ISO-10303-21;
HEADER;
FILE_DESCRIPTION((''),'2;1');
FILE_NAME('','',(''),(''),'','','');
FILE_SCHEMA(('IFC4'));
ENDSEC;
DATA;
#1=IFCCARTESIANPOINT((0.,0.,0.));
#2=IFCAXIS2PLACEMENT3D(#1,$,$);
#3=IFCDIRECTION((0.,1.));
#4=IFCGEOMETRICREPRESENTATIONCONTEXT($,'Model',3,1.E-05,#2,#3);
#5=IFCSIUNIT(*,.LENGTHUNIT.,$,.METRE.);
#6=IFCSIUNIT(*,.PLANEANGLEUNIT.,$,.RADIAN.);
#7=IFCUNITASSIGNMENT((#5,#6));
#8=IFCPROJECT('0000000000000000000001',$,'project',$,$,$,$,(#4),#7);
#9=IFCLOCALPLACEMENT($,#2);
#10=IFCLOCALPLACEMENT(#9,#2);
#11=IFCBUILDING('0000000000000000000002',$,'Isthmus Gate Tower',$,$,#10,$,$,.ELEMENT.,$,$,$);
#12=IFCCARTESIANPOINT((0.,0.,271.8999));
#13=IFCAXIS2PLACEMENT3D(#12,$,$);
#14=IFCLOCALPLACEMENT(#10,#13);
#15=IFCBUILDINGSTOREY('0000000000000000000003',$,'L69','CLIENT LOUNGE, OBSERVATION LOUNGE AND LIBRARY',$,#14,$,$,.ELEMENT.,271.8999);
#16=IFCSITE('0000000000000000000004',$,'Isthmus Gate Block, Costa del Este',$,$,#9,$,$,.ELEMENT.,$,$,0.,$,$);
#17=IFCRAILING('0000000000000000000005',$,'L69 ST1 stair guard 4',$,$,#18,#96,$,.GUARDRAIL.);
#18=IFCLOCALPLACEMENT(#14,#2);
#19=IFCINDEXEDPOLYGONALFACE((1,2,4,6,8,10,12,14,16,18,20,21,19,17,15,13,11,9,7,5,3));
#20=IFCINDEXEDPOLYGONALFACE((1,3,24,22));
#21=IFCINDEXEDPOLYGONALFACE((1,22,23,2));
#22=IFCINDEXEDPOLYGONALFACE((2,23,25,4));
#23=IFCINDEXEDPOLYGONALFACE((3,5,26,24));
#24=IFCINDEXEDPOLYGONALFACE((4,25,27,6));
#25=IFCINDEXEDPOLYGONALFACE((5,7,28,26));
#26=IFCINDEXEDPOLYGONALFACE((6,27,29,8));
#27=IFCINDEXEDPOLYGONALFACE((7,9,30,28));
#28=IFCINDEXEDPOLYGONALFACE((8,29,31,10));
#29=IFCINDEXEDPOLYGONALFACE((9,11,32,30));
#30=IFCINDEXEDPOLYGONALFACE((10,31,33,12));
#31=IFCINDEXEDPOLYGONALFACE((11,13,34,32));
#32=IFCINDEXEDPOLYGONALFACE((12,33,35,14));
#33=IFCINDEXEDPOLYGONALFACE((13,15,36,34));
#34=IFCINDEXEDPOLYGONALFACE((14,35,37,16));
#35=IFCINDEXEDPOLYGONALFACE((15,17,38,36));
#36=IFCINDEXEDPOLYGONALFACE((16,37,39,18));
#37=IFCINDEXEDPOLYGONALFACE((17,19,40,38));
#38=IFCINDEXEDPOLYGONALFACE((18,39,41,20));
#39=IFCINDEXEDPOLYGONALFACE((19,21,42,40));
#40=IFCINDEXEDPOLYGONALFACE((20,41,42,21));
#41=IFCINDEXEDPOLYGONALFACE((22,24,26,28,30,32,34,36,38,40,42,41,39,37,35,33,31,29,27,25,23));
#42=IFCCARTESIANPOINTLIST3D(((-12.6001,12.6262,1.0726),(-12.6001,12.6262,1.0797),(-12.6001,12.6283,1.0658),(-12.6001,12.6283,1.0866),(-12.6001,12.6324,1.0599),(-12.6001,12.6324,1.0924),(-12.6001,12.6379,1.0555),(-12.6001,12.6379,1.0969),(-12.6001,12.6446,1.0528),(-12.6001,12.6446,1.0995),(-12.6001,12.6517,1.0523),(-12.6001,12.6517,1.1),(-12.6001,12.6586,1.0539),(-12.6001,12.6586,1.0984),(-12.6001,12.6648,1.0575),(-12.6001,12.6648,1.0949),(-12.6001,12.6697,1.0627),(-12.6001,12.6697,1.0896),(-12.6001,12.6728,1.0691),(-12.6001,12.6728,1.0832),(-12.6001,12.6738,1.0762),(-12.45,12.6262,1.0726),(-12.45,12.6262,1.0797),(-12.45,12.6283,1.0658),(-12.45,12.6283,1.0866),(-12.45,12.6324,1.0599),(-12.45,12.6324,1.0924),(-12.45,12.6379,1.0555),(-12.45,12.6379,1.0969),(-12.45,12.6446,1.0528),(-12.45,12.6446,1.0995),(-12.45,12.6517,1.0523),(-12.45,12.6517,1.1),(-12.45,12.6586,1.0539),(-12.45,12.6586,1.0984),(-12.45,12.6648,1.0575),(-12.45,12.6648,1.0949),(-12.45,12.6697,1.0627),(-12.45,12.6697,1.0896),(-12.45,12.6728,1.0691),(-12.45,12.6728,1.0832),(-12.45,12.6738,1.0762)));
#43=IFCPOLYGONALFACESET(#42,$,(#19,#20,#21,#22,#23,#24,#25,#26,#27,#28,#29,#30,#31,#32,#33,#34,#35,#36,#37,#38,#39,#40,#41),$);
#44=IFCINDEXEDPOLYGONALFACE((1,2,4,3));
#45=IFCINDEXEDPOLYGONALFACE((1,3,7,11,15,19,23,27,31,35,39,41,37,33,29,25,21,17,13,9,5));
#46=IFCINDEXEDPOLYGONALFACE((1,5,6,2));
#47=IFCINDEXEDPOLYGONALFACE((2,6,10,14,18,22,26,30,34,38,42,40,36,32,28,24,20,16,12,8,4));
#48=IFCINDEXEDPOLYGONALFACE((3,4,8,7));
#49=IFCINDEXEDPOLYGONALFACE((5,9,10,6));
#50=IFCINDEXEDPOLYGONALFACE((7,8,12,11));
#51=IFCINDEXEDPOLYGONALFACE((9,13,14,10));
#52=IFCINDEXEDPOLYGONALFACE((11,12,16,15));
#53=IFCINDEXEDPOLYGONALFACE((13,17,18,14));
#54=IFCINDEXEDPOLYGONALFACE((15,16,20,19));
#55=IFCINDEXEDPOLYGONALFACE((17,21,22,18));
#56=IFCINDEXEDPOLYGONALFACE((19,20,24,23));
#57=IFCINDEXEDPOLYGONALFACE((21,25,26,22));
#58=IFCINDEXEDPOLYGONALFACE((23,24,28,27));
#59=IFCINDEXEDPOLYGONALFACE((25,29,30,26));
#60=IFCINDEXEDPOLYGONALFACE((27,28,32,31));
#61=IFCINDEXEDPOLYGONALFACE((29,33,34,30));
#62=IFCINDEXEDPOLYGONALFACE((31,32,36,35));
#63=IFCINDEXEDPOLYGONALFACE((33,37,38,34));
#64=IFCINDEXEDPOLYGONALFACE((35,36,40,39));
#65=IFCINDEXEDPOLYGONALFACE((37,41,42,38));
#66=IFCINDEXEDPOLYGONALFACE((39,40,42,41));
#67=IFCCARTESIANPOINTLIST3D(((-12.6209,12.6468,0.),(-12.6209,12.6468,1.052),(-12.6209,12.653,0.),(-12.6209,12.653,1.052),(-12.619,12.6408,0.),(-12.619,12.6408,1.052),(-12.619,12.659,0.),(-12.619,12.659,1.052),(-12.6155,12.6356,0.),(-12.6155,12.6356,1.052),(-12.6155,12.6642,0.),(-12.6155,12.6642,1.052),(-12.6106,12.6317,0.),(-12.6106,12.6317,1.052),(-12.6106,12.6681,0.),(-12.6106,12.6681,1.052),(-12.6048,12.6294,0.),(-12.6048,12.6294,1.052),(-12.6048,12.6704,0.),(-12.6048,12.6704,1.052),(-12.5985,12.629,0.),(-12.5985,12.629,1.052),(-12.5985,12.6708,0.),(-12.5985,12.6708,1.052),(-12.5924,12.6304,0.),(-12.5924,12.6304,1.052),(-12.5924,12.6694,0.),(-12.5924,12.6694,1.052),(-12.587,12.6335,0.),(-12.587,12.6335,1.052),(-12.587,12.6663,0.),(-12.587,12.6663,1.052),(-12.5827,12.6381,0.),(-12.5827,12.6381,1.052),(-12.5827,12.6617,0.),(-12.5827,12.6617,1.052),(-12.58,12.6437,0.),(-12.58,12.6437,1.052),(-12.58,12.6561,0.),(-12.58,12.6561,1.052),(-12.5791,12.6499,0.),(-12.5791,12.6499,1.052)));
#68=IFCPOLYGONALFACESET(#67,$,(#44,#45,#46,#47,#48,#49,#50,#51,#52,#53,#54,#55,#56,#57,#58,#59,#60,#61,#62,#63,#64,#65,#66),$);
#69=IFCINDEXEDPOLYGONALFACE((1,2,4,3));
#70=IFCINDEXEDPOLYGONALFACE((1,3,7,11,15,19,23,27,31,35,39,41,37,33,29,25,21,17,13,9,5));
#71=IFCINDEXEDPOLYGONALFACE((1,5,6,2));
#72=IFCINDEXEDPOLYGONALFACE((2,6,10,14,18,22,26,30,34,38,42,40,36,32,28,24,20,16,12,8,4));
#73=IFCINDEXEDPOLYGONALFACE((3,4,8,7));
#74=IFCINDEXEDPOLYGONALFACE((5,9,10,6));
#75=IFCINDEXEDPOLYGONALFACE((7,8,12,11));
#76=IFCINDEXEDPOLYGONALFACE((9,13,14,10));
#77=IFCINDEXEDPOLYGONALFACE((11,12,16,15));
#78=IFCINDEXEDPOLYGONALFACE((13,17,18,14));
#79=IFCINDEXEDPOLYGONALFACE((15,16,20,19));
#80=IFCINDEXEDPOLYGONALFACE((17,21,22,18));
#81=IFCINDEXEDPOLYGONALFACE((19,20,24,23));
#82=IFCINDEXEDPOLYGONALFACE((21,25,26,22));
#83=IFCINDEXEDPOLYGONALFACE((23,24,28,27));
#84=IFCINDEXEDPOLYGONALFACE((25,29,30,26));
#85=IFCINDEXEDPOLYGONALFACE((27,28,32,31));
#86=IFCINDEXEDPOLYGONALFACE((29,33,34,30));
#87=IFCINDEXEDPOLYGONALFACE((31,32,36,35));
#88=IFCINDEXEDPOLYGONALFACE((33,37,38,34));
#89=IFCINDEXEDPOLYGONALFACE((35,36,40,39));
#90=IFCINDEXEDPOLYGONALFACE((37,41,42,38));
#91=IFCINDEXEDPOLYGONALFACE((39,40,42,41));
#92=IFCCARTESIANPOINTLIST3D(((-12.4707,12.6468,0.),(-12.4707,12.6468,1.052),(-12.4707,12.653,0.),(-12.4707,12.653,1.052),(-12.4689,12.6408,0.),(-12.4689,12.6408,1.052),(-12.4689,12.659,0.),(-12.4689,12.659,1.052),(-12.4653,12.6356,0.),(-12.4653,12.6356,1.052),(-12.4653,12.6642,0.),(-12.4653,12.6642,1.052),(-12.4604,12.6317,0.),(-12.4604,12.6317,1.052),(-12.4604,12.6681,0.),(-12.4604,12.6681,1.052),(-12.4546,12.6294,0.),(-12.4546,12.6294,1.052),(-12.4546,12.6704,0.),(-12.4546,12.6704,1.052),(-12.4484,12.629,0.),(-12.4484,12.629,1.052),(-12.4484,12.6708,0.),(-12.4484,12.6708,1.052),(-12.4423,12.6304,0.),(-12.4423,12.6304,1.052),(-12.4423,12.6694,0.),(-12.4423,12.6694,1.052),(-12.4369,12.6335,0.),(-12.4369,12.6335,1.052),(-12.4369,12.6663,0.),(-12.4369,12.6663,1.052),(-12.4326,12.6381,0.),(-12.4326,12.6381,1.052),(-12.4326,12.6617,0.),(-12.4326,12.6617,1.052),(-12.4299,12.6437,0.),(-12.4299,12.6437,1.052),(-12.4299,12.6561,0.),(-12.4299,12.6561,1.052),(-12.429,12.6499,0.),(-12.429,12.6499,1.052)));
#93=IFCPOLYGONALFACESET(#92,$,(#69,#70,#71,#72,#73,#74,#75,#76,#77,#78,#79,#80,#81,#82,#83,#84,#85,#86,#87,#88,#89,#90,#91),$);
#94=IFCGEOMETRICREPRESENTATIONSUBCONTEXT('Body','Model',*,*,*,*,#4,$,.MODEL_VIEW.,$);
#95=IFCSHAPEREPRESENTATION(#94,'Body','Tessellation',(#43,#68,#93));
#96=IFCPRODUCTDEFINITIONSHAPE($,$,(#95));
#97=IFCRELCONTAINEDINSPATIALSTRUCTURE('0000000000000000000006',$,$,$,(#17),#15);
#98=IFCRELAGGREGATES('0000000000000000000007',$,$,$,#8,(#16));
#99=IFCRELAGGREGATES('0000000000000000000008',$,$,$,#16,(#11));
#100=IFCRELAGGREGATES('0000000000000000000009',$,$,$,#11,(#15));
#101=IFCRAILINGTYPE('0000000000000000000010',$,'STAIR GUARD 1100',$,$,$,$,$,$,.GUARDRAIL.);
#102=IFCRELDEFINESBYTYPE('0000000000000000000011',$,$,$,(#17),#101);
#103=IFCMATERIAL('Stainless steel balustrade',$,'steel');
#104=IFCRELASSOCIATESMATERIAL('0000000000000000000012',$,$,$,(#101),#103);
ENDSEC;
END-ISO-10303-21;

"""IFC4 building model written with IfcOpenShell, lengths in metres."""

from ifc_helpers import new_model, si_unit, direction, frame, origin, origin_2d, place, context, subcontext, project, spatial, circle, extrude, material, type_object, element, save


model = new_model("IFC4")

# Units and contexts
model_context = context("Model", 3, precision=1e-05, world=origin(), true_north=direction((0.0, 1.0)))
body_context = subcontext(model_context, "Body", "Model", "MODEL_VIEW")
ifc_project = project(units=[si_unit("LENGTHUNIT", "METRE"), si_unit("PLANEANGLEUNIT", "RADIAN")], contexts=[model_context])

# Site, building, storey
site_placement = place(None, origin())
site = spatial("IfcSite", under=ifc_project, at=site_placement, Name="Isthmus Gate Block, Costa del Este", CompositionType="ELEMENT", RefElevation=0.0)
building_placement = place(site_placement, origin())
building = spatial("IfcBuilding", under=site, at=building_placement, Name="Isthmus Gate Tower", CompositionType="ELEMENT")
storey_placement = place(building_placement, frame((0.0, 0.0, 271.8999)))
storey = spatial("IfcBuildingStorey", under=building, at=storey_placement, Name="L69", Description="CLIENT LOUNGE, OBSERVATION LOUNGE AND LIBRARY", CompositionType="ELEMENT", Elevation=271.8999)

# Railing
ifc_material_1 = material(Name="Stainless steel balustrade", Category="steel")
railing_type_1 = type_object("IfcRailingType", Name="STAIR GUARD 1100", PredefinedType="GUARDRAIL", material=ifc_material_1)
railing_1_placement = place(storey_placement, frame((-12.6001, 12.6499, 0.0)))
element("IfcRailing", 1, at=railing_1_placement, inside=storey, type_object=railing_type_1, Name="L69 ST1 stair guard 4", PredefinedType="GUARDRAIL", context=body_context, shape_type="SweptSolid", body=[
    extrude(circle(Radius=0.0239, at=origin_2d()), frame((0.0, 0.0, 1.0762), z_axis=(1.0, 0.0, 0.0), x_axis=(0.0, 1.0, 0.0)), (0.0, 0.0, 1.0), 0.1501),
    extrude(circle(Radius=0.021, at=origin_2d()), origin(), (0.0, 0.0, 1.0), 1.052),
    extrude(circle(Radius=0.021, at=origin_2d()), frame((0.1501, 0.0, 0.0)), (0.0, 0.0, 1.0), 1.052),
])

save(model, "model.ifc")
